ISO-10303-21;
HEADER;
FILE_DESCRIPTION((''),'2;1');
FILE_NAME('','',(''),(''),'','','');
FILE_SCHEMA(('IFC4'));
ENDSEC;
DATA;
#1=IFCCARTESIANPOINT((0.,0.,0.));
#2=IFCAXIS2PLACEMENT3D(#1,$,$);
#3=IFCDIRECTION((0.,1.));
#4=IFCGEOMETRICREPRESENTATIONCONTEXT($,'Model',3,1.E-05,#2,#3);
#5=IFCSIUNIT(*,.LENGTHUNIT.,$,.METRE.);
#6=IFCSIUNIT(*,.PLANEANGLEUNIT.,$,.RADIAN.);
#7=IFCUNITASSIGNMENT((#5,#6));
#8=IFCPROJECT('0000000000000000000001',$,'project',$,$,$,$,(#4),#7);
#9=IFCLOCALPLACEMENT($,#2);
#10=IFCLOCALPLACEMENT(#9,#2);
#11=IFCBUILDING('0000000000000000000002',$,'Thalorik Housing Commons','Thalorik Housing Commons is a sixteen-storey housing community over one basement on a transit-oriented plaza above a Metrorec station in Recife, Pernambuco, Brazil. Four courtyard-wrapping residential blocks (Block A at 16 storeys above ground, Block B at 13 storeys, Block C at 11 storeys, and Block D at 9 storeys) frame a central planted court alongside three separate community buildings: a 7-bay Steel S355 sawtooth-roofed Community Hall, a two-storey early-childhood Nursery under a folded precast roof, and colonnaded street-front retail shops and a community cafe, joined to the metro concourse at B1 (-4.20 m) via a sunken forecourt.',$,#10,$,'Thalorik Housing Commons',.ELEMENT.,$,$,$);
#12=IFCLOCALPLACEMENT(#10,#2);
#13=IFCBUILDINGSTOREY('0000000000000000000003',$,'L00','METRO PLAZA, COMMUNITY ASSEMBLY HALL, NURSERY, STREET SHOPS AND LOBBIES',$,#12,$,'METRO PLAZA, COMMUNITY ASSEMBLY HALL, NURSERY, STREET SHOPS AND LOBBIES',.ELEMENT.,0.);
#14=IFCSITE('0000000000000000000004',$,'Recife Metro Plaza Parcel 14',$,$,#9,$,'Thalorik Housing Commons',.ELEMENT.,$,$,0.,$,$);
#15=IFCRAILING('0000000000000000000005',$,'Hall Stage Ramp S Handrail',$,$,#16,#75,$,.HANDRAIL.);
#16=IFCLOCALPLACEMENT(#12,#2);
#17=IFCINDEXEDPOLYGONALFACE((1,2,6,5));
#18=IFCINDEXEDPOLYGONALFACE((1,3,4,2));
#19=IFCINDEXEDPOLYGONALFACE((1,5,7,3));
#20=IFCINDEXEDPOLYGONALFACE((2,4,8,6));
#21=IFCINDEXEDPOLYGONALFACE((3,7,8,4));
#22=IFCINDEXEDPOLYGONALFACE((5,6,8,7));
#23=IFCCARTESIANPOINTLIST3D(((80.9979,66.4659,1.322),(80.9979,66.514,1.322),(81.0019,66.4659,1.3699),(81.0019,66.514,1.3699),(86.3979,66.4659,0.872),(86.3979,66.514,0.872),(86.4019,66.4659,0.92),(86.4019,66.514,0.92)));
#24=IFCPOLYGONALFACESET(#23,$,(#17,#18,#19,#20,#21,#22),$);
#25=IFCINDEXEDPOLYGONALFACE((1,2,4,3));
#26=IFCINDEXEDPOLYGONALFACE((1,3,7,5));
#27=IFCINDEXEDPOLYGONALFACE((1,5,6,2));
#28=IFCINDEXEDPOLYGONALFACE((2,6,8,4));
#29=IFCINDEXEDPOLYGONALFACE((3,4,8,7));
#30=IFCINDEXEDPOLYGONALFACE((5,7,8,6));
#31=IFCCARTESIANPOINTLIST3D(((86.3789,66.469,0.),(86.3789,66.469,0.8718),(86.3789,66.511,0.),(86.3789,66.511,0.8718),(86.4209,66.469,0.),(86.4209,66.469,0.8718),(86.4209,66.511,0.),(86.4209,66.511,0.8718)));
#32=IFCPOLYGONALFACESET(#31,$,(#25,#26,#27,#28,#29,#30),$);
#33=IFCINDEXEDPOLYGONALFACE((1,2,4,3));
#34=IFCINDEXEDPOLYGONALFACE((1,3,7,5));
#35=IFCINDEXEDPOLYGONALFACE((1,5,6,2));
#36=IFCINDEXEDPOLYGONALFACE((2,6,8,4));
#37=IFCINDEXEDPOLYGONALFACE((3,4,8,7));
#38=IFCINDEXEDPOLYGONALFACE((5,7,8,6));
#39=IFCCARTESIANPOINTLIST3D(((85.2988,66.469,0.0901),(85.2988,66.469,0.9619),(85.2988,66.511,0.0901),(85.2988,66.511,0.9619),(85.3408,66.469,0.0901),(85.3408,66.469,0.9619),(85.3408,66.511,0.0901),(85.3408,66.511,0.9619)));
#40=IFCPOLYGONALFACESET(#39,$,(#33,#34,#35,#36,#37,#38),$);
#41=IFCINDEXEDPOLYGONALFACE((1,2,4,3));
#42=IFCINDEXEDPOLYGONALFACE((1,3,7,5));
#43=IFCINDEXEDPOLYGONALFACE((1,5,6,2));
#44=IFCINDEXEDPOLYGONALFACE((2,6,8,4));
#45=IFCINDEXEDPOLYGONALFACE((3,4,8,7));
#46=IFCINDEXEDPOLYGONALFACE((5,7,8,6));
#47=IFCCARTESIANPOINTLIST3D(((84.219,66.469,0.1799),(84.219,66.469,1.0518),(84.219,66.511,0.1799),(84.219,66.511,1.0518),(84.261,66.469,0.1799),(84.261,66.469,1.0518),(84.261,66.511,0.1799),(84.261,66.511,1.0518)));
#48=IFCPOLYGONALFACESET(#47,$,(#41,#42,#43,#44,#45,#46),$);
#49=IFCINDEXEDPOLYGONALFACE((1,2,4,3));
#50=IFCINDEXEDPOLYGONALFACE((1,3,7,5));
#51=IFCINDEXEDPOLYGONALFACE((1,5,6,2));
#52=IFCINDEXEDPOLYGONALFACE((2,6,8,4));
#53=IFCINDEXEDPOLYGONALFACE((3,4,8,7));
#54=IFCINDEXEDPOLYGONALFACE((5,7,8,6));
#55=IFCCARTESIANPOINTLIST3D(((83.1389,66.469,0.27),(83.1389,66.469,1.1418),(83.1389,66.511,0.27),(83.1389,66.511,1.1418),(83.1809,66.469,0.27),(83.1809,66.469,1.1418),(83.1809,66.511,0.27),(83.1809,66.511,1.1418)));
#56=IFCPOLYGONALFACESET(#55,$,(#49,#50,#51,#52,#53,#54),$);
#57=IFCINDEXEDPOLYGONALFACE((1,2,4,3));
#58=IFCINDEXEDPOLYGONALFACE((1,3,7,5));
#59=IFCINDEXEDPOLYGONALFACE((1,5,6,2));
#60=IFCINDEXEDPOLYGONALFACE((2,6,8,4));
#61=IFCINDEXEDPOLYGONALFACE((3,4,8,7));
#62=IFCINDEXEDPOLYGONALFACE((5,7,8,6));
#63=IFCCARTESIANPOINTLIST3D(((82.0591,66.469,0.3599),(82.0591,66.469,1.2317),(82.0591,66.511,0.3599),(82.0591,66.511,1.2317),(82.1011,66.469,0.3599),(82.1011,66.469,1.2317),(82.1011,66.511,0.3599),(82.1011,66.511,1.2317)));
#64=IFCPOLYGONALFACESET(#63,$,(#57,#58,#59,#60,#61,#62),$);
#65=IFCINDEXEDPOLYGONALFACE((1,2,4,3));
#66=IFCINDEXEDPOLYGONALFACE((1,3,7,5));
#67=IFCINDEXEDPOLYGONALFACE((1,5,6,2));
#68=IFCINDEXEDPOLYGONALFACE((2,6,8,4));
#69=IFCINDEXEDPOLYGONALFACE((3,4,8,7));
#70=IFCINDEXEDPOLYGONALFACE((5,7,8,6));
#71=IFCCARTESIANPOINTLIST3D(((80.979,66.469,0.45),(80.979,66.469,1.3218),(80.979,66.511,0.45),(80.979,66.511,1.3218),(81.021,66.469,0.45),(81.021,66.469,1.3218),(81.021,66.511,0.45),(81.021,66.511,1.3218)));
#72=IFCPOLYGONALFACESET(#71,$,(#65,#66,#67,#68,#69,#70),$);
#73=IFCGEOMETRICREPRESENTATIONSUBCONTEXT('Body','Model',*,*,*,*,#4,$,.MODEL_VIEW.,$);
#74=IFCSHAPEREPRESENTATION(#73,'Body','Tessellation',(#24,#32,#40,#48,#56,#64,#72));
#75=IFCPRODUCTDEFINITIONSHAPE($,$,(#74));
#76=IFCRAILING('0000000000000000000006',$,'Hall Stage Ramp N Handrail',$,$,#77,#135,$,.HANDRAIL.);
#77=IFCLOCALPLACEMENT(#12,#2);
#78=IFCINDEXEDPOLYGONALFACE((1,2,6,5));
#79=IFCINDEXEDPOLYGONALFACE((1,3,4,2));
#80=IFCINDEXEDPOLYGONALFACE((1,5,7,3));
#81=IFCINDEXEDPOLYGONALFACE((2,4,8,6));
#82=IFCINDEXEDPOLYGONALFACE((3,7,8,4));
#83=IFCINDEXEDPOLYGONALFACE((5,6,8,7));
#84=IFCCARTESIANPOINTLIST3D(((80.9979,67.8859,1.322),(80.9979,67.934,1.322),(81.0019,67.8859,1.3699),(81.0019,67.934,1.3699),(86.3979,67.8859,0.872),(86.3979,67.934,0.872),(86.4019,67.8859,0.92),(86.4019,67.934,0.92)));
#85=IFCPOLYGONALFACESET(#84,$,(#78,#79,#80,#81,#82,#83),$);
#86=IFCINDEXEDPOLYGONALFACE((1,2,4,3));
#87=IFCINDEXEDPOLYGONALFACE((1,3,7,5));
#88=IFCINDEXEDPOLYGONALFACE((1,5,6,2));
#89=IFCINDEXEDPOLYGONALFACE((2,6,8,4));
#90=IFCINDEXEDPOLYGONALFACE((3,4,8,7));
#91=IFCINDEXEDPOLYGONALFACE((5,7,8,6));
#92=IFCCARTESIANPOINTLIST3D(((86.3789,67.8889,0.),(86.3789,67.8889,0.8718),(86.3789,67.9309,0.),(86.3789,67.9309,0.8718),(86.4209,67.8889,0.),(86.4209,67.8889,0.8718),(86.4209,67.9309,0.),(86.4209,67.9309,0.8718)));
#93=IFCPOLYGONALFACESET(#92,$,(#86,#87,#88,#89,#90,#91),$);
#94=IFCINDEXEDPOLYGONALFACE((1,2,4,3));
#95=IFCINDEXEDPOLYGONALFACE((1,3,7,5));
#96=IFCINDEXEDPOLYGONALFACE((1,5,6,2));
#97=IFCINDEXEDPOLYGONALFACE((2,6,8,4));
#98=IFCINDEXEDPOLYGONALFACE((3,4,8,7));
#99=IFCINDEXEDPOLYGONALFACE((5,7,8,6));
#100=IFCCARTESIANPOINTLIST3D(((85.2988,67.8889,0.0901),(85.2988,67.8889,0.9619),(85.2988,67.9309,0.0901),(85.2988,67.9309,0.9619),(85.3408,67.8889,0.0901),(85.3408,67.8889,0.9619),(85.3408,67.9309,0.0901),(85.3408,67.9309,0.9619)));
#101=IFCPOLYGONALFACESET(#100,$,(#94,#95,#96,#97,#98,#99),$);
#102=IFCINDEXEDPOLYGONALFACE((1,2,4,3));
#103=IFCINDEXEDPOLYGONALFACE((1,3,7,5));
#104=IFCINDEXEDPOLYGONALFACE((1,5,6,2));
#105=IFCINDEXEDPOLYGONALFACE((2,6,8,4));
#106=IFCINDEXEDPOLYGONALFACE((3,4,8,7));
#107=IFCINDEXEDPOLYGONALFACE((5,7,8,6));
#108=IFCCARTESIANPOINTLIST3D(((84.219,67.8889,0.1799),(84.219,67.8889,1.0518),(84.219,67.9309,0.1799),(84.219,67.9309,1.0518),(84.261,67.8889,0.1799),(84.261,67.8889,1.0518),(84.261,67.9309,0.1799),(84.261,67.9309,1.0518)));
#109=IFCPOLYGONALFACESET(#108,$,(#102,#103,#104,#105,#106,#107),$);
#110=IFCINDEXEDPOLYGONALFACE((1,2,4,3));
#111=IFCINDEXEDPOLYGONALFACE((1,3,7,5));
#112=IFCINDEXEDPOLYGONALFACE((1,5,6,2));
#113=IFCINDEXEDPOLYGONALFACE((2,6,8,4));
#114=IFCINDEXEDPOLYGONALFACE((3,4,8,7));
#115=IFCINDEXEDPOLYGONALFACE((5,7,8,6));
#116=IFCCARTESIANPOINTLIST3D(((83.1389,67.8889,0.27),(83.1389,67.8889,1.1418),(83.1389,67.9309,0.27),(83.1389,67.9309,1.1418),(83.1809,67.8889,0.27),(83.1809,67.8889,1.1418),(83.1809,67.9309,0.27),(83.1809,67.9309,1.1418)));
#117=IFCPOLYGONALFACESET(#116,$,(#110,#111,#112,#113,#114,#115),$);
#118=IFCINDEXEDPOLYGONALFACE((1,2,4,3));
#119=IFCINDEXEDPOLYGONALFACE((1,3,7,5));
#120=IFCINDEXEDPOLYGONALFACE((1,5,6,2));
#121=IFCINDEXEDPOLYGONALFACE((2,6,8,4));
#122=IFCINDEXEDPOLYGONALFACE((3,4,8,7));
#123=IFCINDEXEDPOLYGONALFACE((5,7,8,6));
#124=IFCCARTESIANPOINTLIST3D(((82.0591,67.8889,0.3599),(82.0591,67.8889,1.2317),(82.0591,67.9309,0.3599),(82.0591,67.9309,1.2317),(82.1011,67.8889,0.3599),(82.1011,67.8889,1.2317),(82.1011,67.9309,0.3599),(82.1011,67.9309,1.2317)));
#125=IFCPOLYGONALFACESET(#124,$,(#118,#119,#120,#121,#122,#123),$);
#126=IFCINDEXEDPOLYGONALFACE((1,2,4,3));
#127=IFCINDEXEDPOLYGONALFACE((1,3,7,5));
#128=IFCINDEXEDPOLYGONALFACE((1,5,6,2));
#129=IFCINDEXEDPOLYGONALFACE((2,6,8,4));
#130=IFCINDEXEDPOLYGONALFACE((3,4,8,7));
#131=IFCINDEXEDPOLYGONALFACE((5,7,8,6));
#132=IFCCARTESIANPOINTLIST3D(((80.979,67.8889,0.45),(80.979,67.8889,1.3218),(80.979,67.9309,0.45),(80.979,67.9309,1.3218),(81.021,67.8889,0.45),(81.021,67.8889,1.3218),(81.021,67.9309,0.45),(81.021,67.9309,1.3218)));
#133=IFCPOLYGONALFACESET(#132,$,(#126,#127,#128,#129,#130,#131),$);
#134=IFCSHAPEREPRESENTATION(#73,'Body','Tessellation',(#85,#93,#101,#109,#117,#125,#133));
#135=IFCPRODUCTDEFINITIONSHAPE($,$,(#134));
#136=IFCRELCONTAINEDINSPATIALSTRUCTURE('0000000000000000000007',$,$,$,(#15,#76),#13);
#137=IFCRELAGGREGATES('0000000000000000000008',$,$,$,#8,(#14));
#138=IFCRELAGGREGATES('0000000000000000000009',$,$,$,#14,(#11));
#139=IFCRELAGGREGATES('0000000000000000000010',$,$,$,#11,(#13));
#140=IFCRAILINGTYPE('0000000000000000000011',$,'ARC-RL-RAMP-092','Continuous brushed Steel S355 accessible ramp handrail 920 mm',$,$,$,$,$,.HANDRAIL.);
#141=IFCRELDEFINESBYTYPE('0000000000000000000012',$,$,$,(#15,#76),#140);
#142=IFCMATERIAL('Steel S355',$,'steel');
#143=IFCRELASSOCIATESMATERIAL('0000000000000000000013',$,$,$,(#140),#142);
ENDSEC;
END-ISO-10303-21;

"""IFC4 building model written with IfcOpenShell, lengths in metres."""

from ifc_helpers import new_model, si_unit, direction, frame, origin, origin_2d, place, context, subcontext, project, spatial, rectangle, extrude, material, type_object, element, save


model = new_model("IFC4")

# Units and contexts
model_context = context("Model", 3, precision=1e-05, world=origin(), true_north=direction((0.0, 1.0)))
body_context = subcontext(model_context, "Body", "Model", "MODEL_VIEW")
ifc_project = project(units=[si_unit("LENGTHUNIT", "METRE"), si_unit("PLANEANGLEUNIT", "RADIAN")], contexts=[model_context])

# Site, building, storey
site_placement = place(None, origin())
site = spatial("IfcSite", under=ifc_project, at=site_placement, Name="Recife Metro Plaza Parcel 14", LongName="Thalorik Housing Commons", CompositionType="ELEMENT", RefElevation=0.0)
building_placement = place(site_placement, origin())
building = spatial("IfcBuilding", under=site, at=building_placement, Name="Thalorik Housing Commons", Description="Thalorik Housing Commons is a sixteen-storey housing community over one basement on a transit-oriented plaza above a Metrorec station in Recife, Pernambuco, Brazil. Four courtyard-wrapping residential blocks (Block A at 16 storeys above ground, Block B at 13 storeys, Block C at 11 storeys, and Block D at 9 storeys) frame a central planted court alongside three separate community buildings: a 7-bay Steel S355 sawtooth-roofed Community Hall, a two-storey early-childhood Nursery under a folded precast roof, and colonnaded street-front retail shops and a community cafe, joined to the metro concourse at B1 (-4.20 m) via a sunken forecourt.", LongName="Thalorik Housing Commons", CompositionType="ELEMENT")
storey_placement = place(building_placement, origin())
storey = spatial("IfcBuildingStorey", under=building, at=storey_placement, Name="L00", Description="METRO PLAZA, COMMUNITY ASSEMBLY HALL, NURSERY, STREET SHOPS AND LOBBIES", LongName="METRO PLAZA, COMMUNITY ASSEMBLY HALL, NURSERY, STREET SHOPS AND LOBBIES", CompositionType="ELEMENT", Elevation=0.0)

# Shared definitions
ifc_material_1 = material(Name="Steel S355", Category="steel")

# Railings
railing_type = type_object("IfcRailingType", Name="ARC-RL-RAMP-092", Description="Continuous brushed Steel S355 accessible ramp handrail 920 mm", PredefinedType="HANDRAIL", material=ifc_material_1)
for number, where, name in (
    (1, (86.3999, 66.49, 0.0), "Hall Stage Ramp S Handrail"),
    (2, (86.3999, 67.9099, 0.0), "Hall Stage Ramp N Handrail"),
):
    element("IfcRailing", number, at=place(storey_placement, frame(where)), inside=storey, type_object=railing_type, Name=name, PredefinedType="HANDRAIL", context=body_context, shape_type="SweptSolid", body=[
        extrude(rectangle(XDim=0.0481, YDim=0.0481, at=origin_2d()), frame((0.0, 0.0, 0.896), z_axis=(-0.996546, 0.0, 0.083038), x_axis=(0.0, -1.0, 0.0)), (0.0, 0.0, 1.0), 5.4187),
        extrude(rectangle(XDim=0.042, YDim=0.042, at=origin_2d()), origin(), (0.0, 0.0, 1.0), 0.8718),
        extrude(rectangle(XDim=0.042, YDim=0.042, at=origin_2d()), frame((-1.0801, 0.0, 0.0901)), (0.0, 0.0, 1.0), 0.8718),
        extrude(rectangle(XDim=0.042, YDim=0.042, at=origin_2d()), frame((-2.1599, 0.0, 0.1799)), (0.0, 0.0, 1.0), 0.8718),
        extrude(rectangle(XDim=0.042, YDim=0.042, at=origin_2d()), frame((-3.24, 0.0, 0.27)), (0.0, 0.0, 1.0), 0.8718),
        extrude(rectangle(XDim=0.042, YDim=0.042, at=origin_2d()), frame((-4.3198, 0.0, 0.3599)), (0.0, 0.0, 1.0), 0.8718),
        extrude(rectangle(XDim=0.042, YDim=0.042, at=origin_2d()), frame((-5.3999, 0.0, 0.45)), (0.0, 0.0, 1.0), 0.8718),
    ])

save(model, "model.ifc")
